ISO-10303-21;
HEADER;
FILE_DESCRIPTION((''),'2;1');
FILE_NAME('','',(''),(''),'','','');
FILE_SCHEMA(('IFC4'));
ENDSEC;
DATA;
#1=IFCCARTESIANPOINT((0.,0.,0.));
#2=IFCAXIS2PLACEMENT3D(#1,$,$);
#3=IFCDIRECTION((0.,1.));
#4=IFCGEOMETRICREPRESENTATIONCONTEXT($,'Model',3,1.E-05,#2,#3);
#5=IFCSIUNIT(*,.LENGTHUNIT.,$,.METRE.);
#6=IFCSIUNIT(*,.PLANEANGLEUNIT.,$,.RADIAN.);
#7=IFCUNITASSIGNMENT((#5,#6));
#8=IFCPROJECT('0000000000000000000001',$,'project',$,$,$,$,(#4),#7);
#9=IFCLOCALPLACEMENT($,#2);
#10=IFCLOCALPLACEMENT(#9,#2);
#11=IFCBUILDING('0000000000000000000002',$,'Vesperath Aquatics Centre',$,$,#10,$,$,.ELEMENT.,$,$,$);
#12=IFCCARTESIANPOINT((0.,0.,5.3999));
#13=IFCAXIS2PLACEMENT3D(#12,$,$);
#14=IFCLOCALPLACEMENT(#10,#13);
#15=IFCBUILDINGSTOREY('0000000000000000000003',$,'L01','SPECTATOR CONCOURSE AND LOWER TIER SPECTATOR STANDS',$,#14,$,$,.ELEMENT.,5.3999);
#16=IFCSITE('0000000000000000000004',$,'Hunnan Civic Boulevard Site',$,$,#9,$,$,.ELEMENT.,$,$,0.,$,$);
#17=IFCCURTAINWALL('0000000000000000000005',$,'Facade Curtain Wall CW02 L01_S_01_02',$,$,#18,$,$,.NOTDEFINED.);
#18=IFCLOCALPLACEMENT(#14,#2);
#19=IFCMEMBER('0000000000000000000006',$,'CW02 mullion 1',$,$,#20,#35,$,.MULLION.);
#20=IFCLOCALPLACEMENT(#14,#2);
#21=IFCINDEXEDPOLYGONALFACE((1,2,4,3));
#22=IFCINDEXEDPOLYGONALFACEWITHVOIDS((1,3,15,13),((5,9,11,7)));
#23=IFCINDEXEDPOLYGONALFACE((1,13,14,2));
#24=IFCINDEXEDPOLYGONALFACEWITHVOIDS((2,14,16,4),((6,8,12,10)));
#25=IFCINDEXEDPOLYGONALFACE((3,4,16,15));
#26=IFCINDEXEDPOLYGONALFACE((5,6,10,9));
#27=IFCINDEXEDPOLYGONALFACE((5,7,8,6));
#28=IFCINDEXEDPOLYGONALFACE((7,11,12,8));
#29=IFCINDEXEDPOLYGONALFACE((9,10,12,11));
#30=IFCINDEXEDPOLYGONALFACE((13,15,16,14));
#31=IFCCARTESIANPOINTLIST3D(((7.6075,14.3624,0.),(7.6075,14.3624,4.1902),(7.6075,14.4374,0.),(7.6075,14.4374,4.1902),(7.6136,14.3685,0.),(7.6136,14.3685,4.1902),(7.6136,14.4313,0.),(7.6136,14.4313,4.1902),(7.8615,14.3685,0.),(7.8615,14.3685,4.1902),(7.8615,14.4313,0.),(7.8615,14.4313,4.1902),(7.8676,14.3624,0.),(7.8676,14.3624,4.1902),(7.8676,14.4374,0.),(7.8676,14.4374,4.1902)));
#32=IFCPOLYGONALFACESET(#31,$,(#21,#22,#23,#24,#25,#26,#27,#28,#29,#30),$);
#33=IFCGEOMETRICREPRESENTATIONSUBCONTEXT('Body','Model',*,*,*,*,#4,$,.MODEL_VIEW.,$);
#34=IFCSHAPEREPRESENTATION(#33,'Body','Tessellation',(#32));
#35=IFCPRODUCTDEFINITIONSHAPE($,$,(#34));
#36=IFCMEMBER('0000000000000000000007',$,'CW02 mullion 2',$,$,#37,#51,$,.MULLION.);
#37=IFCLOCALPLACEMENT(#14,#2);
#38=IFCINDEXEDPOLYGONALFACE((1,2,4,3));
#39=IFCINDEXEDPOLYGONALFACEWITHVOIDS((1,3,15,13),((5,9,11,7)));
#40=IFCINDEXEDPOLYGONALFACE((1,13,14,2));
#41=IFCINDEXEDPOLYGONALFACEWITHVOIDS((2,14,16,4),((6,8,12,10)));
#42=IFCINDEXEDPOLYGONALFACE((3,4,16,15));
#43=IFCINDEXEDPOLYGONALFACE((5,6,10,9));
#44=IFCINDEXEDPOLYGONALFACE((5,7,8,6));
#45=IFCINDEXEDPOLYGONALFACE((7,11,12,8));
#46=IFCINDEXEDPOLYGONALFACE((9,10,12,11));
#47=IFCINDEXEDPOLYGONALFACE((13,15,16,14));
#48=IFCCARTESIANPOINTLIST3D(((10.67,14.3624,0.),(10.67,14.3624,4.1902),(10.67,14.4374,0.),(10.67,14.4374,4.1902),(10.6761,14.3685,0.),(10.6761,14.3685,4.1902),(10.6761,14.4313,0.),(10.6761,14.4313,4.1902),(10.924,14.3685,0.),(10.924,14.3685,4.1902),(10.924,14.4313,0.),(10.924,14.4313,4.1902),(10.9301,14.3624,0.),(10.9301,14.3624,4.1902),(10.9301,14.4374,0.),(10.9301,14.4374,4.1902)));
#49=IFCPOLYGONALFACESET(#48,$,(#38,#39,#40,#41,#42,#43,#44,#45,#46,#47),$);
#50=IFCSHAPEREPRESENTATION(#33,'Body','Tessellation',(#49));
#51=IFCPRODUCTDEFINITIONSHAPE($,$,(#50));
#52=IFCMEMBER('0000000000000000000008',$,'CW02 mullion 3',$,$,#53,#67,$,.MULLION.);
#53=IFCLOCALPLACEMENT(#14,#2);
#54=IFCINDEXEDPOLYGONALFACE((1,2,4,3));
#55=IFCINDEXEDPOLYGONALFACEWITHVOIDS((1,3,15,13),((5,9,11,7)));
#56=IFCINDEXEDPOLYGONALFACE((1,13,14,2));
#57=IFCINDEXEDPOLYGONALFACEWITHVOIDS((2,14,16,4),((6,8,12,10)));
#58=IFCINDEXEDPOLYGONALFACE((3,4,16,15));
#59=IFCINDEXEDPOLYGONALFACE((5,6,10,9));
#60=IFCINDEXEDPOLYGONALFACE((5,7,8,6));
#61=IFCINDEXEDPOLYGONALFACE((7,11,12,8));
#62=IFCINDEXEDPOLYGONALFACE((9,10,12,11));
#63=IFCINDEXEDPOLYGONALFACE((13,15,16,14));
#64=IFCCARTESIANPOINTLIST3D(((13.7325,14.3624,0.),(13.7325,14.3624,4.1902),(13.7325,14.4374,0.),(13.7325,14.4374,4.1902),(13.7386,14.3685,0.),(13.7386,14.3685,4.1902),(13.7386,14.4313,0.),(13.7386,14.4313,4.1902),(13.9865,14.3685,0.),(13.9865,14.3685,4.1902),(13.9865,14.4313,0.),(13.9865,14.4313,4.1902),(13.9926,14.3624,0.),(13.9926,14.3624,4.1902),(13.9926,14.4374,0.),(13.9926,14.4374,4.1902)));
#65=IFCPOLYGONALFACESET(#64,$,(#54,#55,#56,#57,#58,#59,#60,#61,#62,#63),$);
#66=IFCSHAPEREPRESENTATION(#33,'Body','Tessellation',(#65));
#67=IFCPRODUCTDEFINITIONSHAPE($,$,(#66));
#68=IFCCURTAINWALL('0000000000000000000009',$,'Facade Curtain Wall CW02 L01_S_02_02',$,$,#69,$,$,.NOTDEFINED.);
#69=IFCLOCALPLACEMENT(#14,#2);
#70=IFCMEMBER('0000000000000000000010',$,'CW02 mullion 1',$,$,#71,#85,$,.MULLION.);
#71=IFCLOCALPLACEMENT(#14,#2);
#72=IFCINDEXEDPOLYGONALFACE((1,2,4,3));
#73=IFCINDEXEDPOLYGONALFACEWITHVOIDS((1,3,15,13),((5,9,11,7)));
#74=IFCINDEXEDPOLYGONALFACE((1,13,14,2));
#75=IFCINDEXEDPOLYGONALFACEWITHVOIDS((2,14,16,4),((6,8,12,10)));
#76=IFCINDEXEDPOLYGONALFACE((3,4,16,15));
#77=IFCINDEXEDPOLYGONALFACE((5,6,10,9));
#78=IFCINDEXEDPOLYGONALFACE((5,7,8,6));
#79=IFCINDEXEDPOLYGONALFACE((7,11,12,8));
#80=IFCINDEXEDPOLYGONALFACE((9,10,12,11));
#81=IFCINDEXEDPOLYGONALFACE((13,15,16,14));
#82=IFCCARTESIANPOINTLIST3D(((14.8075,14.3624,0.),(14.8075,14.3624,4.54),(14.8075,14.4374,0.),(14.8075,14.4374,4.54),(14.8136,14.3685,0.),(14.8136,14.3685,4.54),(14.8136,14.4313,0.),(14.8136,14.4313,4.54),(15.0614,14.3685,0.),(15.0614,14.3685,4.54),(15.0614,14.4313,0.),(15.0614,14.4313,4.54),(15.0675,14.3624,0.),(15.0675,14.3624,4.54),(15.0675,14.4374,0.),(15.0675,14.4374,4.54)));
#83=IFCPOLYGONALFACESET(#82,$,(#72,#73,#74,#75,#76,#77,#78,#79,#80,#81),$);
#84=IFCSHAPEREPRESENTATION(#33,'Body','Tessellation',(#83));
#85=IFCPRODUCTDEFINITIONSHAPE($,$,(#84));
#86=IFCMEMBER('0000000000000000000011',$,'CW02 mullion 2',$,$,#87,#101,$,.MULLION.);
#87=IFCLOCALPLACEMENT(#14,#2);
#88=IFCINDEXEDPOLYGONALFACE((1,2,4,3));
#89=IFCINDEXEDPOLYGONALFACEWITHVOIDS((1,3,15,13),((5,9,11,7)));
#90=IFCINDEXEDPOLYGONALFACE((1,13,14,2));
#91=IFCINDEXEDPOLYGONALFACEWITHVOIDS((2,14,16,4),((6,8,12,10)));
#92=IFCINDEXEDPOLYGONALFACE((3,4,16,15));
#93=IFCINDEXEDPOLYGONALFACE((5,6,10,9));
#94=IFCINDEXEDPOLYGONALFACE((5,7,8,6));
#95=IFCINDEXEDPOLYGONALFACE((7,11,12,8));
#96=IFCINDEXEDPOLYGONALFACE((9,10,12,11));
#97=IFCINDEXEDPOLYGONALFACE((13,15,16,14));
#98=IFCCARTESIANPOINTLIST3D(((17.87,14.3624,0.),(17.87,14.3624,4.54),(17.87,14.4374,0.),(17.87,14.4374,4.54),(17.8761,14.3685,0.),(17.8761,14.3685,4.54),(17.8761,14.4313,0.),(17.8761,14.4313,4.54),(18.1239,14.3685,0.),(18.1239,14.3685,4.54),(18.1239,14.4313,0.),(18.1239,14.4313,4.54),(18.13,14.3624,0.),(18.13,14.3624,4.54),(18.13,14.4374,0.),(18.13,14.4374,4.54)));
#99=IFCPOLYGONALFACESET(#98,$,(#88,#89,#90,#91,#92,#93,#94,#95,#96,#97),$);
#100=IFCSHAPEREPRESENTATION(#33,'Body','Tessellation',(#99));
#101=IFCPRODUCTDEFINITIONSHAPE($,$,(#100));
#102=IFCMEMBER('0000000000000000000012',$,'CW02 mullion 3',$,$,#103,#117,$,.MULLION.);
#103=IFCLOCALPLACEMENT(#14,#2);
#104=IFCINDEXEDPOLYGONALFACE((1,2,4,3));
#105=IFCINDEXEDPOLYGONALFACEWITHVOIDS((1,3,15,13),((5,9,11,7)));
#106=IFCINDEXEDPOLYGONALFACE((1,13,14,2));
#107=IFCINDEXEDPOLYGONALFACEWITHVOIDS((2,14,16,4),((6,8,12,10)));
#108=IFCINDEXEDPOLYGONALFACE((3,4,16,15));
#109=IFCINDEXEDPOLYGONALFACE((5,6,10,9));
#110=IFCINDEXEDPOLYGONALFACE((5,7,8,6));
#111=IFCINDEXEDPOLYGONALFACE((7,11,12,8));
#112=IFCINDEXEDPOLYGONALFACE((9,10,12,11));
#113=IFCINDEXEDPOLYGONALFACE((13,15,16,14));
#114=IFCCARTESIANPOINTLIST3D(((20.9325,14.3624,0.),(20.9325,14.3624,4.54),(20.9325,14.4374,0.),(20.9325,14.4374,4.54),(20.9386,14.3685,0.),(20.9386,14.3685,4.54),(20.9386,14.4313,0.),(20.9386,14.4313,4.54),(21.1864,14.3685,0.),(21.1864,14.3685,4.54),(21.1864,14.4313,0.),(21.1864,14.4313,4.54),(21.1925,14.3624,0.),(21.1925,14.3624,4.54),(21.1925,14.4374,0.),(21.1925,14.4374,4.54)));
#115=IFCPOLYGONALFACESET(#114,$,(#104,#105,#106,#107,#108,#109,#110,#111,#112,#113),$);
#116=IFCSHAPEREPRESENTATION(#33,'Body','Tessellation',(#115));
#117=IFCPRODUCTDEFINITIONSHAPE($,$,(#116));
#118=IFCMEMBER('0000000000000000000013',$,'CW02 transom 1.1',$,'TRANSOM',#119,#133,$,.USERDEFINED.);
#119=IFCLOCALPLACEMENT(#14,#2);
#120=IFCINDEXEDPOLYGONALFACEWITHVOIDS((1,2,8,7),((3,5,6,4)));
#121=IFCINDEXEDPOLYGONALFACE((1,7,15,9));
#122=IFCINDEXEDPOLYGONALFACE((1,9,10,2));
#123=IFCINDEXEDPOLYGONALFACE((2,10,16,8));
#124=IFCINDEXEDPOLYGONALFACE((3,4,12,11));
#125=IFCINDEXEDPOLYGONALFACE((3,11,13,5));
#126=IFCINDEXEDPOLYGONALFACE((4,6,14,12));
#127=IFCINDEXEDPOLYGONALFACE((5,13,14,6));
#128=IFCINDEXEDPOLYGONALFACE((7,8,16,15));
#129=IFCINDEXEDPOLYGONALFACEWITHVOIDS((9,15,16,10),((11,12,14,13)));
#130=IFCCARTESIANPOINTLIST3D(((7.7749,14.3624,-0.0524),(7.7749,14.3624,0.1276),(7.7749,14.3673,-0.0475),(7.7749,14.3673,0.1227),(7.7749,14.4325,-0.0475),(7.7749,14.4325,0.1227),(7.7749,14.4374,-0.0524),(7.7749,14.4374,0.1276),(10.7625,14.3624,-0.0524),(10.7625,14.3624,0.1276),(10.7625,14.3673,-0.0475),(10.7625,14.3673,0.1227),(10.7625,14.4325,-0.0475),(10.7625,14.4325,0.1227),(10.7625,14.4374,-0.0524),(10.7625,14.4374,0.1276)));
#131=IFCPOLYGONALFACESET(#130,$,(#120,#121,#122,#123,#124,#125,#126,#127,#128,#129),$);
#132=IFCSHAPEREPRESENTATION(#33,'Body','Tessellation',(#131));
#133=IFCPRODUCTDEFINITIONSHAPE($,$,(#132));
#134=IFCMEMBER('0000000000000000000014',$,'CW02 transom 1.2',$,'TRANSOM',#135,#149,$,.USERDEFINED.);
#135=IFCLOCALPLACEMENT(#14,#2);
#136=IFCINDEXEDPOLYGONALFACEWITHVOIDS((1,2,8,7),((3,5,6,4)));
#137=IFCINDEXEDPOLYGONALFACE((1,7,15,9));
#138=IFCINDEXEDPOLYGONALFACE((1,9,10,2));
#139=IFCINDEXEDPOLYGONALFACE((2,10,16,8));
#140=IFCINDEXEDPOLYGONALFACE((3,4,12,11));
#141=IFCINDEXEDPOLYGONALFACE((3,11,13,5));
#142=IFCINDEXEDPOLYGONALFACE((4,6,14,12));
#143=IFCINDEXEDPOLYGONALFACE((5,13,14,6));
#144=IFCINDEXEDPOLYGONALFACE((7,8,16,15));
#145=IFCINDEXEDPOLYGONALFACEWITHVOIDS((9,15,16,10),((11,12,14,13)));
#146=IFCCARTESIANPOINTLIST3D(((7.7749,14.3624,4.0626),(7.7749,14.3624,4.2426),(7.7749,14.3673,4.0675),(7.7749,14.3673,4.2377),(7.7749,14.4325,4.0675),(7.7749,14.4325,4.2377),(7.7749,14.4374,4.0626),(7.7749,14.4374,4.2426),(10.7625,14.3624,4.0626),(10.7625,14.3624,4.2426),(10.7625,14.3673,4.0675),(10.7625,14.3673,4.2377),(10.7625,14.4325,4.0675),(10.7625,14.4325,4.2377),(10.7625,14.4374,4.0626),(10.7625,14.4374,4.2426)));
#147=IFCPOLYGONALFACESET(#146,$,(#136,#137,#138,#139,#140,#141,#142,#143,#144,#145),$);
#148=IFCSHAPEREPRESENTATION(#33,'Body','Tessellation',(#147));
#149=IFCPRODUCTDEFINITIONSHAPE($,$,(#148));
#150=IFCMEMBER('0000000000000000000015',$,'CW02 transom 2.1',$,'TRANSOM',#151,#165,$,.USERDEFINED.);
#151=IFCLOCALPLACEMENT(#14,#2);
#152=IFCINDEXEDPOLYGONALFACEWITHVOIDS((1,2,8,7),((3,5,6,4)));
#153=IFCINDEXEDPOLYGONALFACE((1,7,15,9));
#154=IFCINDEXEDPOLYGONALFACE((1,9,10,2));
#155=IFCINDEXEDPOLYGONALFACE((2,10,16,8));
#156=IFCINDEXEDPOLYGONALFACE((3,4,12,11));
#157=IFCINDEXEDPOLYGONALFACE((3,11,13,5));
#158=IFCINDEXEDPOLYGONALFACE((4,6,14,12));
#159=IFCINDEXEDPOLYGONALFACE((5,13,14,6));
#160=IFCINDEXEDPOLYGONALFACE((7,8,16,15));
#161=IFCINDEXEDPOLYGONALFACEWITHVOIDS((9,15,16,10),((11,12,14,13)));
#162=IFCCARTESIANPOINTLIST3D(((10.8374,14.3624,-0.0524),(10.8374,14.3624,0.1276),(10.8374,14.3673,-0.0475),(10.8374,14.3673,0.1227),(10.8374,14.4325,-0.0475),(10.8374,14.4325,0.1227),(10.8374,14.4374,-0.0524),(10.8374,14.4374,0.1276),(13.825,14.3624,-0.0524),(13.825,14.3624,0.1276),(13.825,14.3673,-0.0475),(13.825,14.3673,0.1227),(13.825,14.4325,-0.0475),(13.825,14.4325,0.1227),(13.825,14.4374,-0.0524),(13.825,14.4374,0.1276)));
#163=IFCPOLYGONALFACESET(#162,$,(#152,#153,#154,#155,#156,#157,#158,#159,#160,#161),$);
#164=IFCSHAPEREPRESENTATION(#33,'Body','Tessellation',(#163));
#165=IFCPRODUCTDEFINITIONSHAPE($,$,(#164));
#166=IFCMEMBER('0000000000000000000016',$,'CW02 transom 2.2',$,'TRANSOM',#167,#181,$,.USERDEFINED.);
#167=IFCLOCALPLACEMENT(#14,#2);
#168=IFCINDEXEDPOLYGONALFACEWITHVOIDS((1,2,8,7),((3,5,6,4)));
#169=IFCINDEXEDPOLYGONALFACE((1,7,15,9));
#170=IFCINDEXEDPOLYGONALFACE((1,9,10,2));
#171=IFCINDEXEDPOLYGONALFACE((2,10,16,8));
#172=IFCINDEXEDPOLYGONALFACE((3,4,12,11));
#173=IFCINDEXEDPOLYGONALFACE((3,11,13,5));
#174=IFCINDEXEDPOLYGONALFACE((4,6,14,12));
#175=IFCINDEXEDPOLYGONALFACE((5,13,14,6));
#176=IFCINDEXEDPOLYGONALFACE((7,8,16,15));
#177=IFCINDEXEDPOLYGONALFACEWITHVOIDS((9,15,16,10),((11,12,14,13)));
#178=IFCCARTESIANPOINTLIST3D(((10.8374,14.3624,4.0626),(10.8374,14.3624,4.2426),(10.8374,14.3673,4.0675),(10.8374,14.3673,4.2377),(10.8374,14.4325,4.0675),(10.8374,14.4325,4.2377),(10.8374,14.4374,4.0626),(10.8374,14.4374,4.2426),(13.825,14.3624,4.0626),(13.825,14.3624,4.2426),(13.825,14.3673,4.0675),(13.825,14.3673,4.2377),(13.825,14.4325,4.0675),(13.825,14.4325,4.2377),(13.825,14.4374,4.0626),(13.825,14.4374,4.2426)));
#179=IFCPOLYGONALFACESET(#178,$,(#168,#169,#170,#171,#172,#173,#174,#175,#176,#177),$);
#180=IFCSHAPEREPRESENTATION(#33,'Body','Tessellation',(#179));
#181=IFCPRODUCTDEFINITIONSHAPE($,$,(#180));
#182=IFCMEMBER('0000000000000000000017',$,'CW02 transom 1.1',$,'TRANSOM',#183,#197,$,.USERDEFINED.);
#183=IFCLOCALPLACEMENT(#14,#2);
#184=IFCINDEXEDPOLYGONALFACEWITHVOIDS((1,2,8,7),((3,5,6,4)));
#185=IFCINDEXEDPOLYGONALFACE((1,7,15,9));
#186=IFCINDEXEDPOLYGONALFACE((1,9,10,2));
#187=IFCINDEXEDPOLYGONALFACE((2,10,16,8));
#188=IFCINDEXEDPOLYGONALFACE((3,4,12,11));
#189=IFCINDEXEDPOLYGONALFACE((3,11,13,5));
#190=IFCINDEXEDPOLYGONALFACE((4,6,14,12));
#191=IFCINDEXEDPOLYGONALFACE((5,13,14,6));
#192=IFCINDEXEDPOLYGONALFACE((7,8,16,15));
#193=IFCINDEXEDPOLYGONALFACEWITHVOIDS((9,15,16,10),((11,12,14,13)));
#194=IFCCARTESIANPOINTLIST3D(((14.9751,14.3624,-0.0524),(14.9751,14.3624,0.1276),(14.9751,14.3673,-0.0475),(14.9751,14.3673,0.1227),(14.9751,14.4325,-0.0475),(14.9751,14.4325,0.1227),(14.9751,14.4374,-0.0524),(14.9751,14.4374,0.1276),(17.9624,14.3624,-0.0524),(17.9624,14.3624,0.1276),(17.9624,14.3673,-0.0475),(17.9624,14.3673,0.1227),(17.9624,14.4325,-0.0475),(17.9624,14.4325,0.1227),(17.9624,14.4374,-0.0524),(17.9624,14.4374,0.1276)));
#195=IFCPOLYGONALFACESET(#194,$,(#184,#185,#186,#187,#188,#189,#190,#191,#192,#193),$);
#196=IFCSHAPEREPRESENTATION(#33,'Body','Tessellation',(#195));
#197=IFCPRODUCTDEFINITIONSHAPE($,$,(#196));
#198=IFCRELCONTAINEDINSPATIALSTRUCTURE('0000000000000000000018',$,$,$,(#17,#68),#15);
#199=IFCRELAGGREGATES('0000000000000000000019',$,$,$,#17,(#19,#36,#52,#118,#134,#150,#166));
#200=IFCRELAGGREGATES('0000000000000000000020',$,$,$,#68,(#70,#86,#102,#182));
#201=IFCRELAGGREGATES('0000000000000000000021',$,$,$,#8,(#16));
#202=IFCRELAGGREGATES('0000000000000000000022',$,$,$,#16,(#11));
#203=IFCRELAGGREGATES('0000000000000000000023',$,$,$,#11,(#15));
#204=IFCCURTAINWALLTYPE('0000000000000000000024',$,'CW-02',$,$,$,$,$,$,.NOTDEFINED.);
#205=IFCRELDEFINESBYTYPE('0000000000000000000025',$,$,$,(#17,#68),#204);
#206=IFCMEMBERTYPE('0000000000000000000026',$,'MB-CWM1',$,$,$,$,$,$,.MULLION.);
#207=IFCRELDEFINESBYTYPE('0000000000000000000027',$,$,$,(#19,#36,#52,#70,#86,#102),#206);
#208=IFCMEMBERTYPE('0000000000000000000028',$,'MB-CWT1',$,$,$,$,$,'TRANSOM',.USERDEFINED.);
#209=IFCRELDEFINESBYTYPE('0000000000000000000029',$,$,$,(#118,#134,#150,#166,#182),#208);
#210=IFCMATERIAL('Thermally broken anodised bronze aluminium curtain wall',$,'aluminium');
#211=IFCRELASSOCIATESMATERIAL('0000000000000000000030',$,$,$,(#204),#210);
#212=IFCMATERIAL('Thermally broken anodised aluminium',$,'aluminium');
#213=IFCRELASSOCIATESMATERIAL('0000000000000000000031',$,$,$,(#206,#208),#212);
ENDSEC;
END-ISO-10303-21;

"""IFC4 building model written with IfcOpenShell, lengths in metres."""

from ifc_helpers import new_model, si_unit, direction, frame, origin, origin_2d, place, context, subcontext, project, spatial, hollow_rectangle, extrude, material, material_profile, profile_set, type_object, element, aggregate, save


model = new_model("IFC4")

# Units and contexts
model_context = context("Model", 3, precision=1e-05, world=origin(), true_north=direction((0.0, 1.0)))
body_context = subcontext(model_context, "Body", "Model", "MODEL_VIEW")
ifc_project = project(units=[si_unit("LENGTHUNIT", "METRE"), si_unit("PLANEANGLEUNIT", "RADIAN")], contexts=[model_context])

# Site, building, storey
site_placement = place(None, origin())
site = spatial("IfcSite", under=ifc_project, at=site_placement, Name="Hunnan Civic Boulevard Site", CompositionType="ELEMENT", RefElevation=0.0)
building_placement = place(site_placement, origin())
building = spatial("IfcBuilding", under=site, at=building_placement, Name="Vesperath Aquatics Centre", CompositionType="ELEMENT")
storey_placement = place(building_placement, frame((0.0, 0.0, 5.3999)))
storey = spatial("IfcBuildingStorey", under=building, at=storey_placement, Name="L01", Description="SPECTATOR CONCOURSE AND LOWER TIER SPECTATOR STANDS", CompositionType="ELEMENT", Elevation=5.3999)

# Curtain walls, members
ifc_material_1 = material(Name="Thermally broken anodised bronze aluminium curtain wall", Category="aluminium")
curtain_wall_type = type_object("IfcCurtainWallType", Name="CW-02", PredefinedType="NOTDEFINED", material=ifc_material_1)
curtain_wall_1_placement = place(storey_placement, origin())
curtain_wall_1 = element("IfcCurtainWall", 1, at=curtain_wall_1_placement, inside=storey, type_object=curtain_wall_type, Name="Facade Curtain Wall CW02 L01_S_01_02", PredefinedType="NOTDEFINED")
ifc_material_2 = material(Name="Thermally broken anodised aluminium", Category="aluminium")
ifc_material_profile_1 = material_profile(ifc_material_2, hollow_rectangle(XDim=0.075, YDim=0.26, WallThickness=0.0061, at=origin_2d()), Name="CWM 75x260x6")
ifc_profile_set_1 = profile_set([ifc_material_profile_1], Name="Thermally broken anodised aluminium")
member_type_1 = type_object("IfcMemberType", Name="MB-CWM1", PredefinedType="MULLION", material=ifc_profile_set_1)
member_1_placement = place(storey_placement, frame((7.7375, 14.3999, 0.0), z_axis=(0.0, 0.0, 1.0), x_axis=(0.0, 1.0, 0.0)))
member_1 = element("IfcMember", 2, at=member_1_placement, type_object=member_type_1, Name="CW02 mullion 1", PredefinedType="MULLION", context=body_context, shape_type="SweptSolid", body=[
    extrude(hollow_rectangle(XDim=0.075, YDim=0.26, WallThickness=0.0061, at=origin_2d()), origin(), (0.0, 0.0, 1.0), 4.1902),
])
member_2_placement = place(storey_placement, frame((10.8, 14.3999, 0.0), z_axis=(0.0, 0.0, 1.0), x_axis=(0.0, 1.0, 0.0)))
member_2 = element("IfcMember", 3, at=member_2_placement, type_object=member_type_1, Name="CW02 mullion 2", PredefinedType="MULLION", context=body_context, shape_type="SweptSolid", body=[
    extrude(hollow_rectangle(XDim=0.075, YDim=0.26, WallThickness=0.0061, at=origin_2d()), origin(), (0.0, 0.0, 1.0), 4.1902),
])
member_3_placement = place(storey_placement, frame((13.8625, 14.3999, 0.0), z_axis=(0.0, 0.0, 1.0), x_axis=(0.0, 1.0, 0.0)))
member_3 = element("IfcMember", 4, at=member_3_placement, type_object=member_type_1, Name="CW02 mullion 3", PredefinedType="MULLION", context=body_context, shape_type="SweptSolid", body=[
    extrude(hollow_rectangle(XDim=0.075, YDim=0.26, WallThickness=0.0061, at=origin_2d()), origin(), (0.0, 0.0, 1.0), 4.1902),
])
curtain_wall_2_placement = place(storey_placement, origin())
curtain_wall_2 = element("IfcCurtainWall", 5, at=curtain_wall_2_placement, inside=storey, type_object=curtain_wall_type, Name="Facade Curtain Wall CW02 L01_S_02_02", PredefinedType="NOTDEFINED")
member_4_placement = place(storey_placement, frame((14.9375, 14.3999, 0.0), z_axis=(0.0, 0.0, 1.0), x_axis=(0.0, 1.0, 0.0)))
member_4 = element("IfcMember", 6, at=member_4_placement, type_object=member_type_1, Name="CW02 mullion 1", PredefinedType="MULLION", context=body_context, shape_type="SweptSolid", body=[
    extrude(hollow_rectangle(XDim=0.075, YDim=0.26, WallThickness=0.0061, at=origin_2d()), origin(), (0.0, 0.0, 1.0), 4.54),
])
member_5_placement = place(storey_placement, frame((18.0, 14.3999, 0.0), z_axis=(0.0, 0.0, 1.0), x_axis=(0.0, 1.0, 0.0)))
member_5 = element("IfcMember", 7, at=member_5_placement, type_object=member_type_1, Name="CW02 mullion 2", PredefinedType="MULLION", context=body_context, shape_type="SweptSolid", body=[
    extrude(hollow_rectangle(XDim=0.075, YDim=0.26, WallThickness=0.0061, at=origin_2d()), origin(), (0.0, 0.0, 1.0), 4.54),
])
member_6_placement = place(storey_placement, frame((21.0625, 14.3999, 0.0), z_axis=(0.0, 0.0, 1.0), x_axis=(0.0, 1.0, 0.0)))
member_6 = element("IfcMember", 8, at=member_6_placement, type_object=member_type_1, Name="CW02 mullion 3", PredefinedType="MULLION", context=body_context, shape_type="SweptSolid", body=[
    extrude(hollow_rectangle(XDim=0.075, YDim=0.26, WallThickness=0.0061, at=origin_2d()), origin(), (0.0, 0.0, 1.0), 4.54),
])

# Members
ifc_material_profile_2 = material_profile(ifc_material_2, hollow_rectangle(XDim=0.075, YDim=0.1799, WallThickness=0.0049, at=origin_2d()), Name="CWT 75x180x5")
ifc_profile_set_2 = profile_set([ifc_material_profile_2], Name="Thermally broken anodised aluminium")
member_type_2 = type_object("IfcMemberType", Name="MB-CWT1", ElementType="TRANSOM", PredefinedType="USERDEFINED", material=ifc_profile_set_2)
member_7_placement = place(storey_placement, frame((7.7749, 14.3999, 0.0376), z_axis=(1.0, 0.0, 0.0), x_axis=(0.0, 1.0, 0.0)))
member_7 = element("IfcMember", 9, at=member_7_placement, type_object=member_type_2, Name="CW02 transom 1.1", ObjectType="TRANSOM", PredefinedType="USERDEFINED", context=body_context, shape_type="SweptSolid", body=[
    extrude(hollow_rectangle(XDim=0.075, YDim=0.1799, WallThickness=0.0049, at=origin_2d()), origin(), (0.0, 0.0, 1.0), 2.9875),
])
member_8_placement = place(storey_placement, frame((7.7749, 14.3999, 4.1526), z_axis=(1.0, 0.0, 0.0), x_axis=(0.0, 1.0, 0.0)))
member_8 = element("IfcMember", 10, at=member_8_placement, type_object=member_type_2, Name="CW02 transom 1.2", ObjectType="TRANSOM", PredefinedType="USERDEFINED", context=body_context, shape_type="SweptSolid", body=[
    extrude(hollow_rectangle(XDim=0.075, YDim=0.1799, WallThickness=0.0049, at=origin_2d()), origin(), (0.0, 0.0, 1.0), 2.9875),
])
member_9_placement = place(storey_placement, frame((10.8374, 14.3999, 0.0376), z_axis=(1.0, 0.0, 0.0), x_axis=(0.0, 1.0, 0.0)))
member_9 = element("IfcMember", 11, at=member_9_placement, type_object=member_type_2, Name="CW02 transom 2.1", ObjectType="TRANSOM", PredefinedType="USERDEFINED", context=body_context, shape_type="SweptSolid", body=[
    extrude(hollow_rectangle(XDim=0.075, YDim=0.1799, WallThickness=0.0049, at=origin_2d()), origin(), (0.0, 0.0, 1.0), 2.9875),
])
member_10_placement = place(storey_placement, frame((10.8374, 14.3999, 4.1526), z_axis=(1.0, 0.0, 0.0), x_axis=(0.0, 1.0, 0.0)))
member_10 = element("IfcMember", 12, at=member_10_placement, type_object=member_type_2, Name="CW02 transom 2.2", ObjectType="TRANSOM", PredefinedType="USERDEFINED", context=body_context, shape_type="SweptSolid", body=[
    extrude(hollow_rectangle(XDim=0.075, YDim=0.1799, WallThickness=0.0049, at=origin_2d()), origin(), (0.0, 0.0, 1.0), 2.9875),
])
member_11_placement = place(storey_placement, frame((14.9751, 14.3999, 0.0376), z_axis=(1.0, 0.0, 0.0), x_axis=(0.0, 1.0, 0.0)))
member_11 = element("IfcMember", 13, at=member_11_placement, type_object=member_type_2, Name="CW02 transom 1.1", ObjectType="TRANSOM", PredefinedType="USERDEFINED", context=body_context, shape_type="SweptSolid", body=[
    extrude(hollow_rectangle(XDim=0.075, YDim=0.1799, WallThickness=0.0049, at=origin_2d()), origin(), (0.0, 0.0, 1.0), 2.9873),
])

aggregate(curtain_wall_1, [member_1, member_2, member_3, member_7, member_8, member_9, member_10])
aggregate(curtain_wall_2, [member_4, member_5, member_6, member_11])

save(model, "model.ifc")
